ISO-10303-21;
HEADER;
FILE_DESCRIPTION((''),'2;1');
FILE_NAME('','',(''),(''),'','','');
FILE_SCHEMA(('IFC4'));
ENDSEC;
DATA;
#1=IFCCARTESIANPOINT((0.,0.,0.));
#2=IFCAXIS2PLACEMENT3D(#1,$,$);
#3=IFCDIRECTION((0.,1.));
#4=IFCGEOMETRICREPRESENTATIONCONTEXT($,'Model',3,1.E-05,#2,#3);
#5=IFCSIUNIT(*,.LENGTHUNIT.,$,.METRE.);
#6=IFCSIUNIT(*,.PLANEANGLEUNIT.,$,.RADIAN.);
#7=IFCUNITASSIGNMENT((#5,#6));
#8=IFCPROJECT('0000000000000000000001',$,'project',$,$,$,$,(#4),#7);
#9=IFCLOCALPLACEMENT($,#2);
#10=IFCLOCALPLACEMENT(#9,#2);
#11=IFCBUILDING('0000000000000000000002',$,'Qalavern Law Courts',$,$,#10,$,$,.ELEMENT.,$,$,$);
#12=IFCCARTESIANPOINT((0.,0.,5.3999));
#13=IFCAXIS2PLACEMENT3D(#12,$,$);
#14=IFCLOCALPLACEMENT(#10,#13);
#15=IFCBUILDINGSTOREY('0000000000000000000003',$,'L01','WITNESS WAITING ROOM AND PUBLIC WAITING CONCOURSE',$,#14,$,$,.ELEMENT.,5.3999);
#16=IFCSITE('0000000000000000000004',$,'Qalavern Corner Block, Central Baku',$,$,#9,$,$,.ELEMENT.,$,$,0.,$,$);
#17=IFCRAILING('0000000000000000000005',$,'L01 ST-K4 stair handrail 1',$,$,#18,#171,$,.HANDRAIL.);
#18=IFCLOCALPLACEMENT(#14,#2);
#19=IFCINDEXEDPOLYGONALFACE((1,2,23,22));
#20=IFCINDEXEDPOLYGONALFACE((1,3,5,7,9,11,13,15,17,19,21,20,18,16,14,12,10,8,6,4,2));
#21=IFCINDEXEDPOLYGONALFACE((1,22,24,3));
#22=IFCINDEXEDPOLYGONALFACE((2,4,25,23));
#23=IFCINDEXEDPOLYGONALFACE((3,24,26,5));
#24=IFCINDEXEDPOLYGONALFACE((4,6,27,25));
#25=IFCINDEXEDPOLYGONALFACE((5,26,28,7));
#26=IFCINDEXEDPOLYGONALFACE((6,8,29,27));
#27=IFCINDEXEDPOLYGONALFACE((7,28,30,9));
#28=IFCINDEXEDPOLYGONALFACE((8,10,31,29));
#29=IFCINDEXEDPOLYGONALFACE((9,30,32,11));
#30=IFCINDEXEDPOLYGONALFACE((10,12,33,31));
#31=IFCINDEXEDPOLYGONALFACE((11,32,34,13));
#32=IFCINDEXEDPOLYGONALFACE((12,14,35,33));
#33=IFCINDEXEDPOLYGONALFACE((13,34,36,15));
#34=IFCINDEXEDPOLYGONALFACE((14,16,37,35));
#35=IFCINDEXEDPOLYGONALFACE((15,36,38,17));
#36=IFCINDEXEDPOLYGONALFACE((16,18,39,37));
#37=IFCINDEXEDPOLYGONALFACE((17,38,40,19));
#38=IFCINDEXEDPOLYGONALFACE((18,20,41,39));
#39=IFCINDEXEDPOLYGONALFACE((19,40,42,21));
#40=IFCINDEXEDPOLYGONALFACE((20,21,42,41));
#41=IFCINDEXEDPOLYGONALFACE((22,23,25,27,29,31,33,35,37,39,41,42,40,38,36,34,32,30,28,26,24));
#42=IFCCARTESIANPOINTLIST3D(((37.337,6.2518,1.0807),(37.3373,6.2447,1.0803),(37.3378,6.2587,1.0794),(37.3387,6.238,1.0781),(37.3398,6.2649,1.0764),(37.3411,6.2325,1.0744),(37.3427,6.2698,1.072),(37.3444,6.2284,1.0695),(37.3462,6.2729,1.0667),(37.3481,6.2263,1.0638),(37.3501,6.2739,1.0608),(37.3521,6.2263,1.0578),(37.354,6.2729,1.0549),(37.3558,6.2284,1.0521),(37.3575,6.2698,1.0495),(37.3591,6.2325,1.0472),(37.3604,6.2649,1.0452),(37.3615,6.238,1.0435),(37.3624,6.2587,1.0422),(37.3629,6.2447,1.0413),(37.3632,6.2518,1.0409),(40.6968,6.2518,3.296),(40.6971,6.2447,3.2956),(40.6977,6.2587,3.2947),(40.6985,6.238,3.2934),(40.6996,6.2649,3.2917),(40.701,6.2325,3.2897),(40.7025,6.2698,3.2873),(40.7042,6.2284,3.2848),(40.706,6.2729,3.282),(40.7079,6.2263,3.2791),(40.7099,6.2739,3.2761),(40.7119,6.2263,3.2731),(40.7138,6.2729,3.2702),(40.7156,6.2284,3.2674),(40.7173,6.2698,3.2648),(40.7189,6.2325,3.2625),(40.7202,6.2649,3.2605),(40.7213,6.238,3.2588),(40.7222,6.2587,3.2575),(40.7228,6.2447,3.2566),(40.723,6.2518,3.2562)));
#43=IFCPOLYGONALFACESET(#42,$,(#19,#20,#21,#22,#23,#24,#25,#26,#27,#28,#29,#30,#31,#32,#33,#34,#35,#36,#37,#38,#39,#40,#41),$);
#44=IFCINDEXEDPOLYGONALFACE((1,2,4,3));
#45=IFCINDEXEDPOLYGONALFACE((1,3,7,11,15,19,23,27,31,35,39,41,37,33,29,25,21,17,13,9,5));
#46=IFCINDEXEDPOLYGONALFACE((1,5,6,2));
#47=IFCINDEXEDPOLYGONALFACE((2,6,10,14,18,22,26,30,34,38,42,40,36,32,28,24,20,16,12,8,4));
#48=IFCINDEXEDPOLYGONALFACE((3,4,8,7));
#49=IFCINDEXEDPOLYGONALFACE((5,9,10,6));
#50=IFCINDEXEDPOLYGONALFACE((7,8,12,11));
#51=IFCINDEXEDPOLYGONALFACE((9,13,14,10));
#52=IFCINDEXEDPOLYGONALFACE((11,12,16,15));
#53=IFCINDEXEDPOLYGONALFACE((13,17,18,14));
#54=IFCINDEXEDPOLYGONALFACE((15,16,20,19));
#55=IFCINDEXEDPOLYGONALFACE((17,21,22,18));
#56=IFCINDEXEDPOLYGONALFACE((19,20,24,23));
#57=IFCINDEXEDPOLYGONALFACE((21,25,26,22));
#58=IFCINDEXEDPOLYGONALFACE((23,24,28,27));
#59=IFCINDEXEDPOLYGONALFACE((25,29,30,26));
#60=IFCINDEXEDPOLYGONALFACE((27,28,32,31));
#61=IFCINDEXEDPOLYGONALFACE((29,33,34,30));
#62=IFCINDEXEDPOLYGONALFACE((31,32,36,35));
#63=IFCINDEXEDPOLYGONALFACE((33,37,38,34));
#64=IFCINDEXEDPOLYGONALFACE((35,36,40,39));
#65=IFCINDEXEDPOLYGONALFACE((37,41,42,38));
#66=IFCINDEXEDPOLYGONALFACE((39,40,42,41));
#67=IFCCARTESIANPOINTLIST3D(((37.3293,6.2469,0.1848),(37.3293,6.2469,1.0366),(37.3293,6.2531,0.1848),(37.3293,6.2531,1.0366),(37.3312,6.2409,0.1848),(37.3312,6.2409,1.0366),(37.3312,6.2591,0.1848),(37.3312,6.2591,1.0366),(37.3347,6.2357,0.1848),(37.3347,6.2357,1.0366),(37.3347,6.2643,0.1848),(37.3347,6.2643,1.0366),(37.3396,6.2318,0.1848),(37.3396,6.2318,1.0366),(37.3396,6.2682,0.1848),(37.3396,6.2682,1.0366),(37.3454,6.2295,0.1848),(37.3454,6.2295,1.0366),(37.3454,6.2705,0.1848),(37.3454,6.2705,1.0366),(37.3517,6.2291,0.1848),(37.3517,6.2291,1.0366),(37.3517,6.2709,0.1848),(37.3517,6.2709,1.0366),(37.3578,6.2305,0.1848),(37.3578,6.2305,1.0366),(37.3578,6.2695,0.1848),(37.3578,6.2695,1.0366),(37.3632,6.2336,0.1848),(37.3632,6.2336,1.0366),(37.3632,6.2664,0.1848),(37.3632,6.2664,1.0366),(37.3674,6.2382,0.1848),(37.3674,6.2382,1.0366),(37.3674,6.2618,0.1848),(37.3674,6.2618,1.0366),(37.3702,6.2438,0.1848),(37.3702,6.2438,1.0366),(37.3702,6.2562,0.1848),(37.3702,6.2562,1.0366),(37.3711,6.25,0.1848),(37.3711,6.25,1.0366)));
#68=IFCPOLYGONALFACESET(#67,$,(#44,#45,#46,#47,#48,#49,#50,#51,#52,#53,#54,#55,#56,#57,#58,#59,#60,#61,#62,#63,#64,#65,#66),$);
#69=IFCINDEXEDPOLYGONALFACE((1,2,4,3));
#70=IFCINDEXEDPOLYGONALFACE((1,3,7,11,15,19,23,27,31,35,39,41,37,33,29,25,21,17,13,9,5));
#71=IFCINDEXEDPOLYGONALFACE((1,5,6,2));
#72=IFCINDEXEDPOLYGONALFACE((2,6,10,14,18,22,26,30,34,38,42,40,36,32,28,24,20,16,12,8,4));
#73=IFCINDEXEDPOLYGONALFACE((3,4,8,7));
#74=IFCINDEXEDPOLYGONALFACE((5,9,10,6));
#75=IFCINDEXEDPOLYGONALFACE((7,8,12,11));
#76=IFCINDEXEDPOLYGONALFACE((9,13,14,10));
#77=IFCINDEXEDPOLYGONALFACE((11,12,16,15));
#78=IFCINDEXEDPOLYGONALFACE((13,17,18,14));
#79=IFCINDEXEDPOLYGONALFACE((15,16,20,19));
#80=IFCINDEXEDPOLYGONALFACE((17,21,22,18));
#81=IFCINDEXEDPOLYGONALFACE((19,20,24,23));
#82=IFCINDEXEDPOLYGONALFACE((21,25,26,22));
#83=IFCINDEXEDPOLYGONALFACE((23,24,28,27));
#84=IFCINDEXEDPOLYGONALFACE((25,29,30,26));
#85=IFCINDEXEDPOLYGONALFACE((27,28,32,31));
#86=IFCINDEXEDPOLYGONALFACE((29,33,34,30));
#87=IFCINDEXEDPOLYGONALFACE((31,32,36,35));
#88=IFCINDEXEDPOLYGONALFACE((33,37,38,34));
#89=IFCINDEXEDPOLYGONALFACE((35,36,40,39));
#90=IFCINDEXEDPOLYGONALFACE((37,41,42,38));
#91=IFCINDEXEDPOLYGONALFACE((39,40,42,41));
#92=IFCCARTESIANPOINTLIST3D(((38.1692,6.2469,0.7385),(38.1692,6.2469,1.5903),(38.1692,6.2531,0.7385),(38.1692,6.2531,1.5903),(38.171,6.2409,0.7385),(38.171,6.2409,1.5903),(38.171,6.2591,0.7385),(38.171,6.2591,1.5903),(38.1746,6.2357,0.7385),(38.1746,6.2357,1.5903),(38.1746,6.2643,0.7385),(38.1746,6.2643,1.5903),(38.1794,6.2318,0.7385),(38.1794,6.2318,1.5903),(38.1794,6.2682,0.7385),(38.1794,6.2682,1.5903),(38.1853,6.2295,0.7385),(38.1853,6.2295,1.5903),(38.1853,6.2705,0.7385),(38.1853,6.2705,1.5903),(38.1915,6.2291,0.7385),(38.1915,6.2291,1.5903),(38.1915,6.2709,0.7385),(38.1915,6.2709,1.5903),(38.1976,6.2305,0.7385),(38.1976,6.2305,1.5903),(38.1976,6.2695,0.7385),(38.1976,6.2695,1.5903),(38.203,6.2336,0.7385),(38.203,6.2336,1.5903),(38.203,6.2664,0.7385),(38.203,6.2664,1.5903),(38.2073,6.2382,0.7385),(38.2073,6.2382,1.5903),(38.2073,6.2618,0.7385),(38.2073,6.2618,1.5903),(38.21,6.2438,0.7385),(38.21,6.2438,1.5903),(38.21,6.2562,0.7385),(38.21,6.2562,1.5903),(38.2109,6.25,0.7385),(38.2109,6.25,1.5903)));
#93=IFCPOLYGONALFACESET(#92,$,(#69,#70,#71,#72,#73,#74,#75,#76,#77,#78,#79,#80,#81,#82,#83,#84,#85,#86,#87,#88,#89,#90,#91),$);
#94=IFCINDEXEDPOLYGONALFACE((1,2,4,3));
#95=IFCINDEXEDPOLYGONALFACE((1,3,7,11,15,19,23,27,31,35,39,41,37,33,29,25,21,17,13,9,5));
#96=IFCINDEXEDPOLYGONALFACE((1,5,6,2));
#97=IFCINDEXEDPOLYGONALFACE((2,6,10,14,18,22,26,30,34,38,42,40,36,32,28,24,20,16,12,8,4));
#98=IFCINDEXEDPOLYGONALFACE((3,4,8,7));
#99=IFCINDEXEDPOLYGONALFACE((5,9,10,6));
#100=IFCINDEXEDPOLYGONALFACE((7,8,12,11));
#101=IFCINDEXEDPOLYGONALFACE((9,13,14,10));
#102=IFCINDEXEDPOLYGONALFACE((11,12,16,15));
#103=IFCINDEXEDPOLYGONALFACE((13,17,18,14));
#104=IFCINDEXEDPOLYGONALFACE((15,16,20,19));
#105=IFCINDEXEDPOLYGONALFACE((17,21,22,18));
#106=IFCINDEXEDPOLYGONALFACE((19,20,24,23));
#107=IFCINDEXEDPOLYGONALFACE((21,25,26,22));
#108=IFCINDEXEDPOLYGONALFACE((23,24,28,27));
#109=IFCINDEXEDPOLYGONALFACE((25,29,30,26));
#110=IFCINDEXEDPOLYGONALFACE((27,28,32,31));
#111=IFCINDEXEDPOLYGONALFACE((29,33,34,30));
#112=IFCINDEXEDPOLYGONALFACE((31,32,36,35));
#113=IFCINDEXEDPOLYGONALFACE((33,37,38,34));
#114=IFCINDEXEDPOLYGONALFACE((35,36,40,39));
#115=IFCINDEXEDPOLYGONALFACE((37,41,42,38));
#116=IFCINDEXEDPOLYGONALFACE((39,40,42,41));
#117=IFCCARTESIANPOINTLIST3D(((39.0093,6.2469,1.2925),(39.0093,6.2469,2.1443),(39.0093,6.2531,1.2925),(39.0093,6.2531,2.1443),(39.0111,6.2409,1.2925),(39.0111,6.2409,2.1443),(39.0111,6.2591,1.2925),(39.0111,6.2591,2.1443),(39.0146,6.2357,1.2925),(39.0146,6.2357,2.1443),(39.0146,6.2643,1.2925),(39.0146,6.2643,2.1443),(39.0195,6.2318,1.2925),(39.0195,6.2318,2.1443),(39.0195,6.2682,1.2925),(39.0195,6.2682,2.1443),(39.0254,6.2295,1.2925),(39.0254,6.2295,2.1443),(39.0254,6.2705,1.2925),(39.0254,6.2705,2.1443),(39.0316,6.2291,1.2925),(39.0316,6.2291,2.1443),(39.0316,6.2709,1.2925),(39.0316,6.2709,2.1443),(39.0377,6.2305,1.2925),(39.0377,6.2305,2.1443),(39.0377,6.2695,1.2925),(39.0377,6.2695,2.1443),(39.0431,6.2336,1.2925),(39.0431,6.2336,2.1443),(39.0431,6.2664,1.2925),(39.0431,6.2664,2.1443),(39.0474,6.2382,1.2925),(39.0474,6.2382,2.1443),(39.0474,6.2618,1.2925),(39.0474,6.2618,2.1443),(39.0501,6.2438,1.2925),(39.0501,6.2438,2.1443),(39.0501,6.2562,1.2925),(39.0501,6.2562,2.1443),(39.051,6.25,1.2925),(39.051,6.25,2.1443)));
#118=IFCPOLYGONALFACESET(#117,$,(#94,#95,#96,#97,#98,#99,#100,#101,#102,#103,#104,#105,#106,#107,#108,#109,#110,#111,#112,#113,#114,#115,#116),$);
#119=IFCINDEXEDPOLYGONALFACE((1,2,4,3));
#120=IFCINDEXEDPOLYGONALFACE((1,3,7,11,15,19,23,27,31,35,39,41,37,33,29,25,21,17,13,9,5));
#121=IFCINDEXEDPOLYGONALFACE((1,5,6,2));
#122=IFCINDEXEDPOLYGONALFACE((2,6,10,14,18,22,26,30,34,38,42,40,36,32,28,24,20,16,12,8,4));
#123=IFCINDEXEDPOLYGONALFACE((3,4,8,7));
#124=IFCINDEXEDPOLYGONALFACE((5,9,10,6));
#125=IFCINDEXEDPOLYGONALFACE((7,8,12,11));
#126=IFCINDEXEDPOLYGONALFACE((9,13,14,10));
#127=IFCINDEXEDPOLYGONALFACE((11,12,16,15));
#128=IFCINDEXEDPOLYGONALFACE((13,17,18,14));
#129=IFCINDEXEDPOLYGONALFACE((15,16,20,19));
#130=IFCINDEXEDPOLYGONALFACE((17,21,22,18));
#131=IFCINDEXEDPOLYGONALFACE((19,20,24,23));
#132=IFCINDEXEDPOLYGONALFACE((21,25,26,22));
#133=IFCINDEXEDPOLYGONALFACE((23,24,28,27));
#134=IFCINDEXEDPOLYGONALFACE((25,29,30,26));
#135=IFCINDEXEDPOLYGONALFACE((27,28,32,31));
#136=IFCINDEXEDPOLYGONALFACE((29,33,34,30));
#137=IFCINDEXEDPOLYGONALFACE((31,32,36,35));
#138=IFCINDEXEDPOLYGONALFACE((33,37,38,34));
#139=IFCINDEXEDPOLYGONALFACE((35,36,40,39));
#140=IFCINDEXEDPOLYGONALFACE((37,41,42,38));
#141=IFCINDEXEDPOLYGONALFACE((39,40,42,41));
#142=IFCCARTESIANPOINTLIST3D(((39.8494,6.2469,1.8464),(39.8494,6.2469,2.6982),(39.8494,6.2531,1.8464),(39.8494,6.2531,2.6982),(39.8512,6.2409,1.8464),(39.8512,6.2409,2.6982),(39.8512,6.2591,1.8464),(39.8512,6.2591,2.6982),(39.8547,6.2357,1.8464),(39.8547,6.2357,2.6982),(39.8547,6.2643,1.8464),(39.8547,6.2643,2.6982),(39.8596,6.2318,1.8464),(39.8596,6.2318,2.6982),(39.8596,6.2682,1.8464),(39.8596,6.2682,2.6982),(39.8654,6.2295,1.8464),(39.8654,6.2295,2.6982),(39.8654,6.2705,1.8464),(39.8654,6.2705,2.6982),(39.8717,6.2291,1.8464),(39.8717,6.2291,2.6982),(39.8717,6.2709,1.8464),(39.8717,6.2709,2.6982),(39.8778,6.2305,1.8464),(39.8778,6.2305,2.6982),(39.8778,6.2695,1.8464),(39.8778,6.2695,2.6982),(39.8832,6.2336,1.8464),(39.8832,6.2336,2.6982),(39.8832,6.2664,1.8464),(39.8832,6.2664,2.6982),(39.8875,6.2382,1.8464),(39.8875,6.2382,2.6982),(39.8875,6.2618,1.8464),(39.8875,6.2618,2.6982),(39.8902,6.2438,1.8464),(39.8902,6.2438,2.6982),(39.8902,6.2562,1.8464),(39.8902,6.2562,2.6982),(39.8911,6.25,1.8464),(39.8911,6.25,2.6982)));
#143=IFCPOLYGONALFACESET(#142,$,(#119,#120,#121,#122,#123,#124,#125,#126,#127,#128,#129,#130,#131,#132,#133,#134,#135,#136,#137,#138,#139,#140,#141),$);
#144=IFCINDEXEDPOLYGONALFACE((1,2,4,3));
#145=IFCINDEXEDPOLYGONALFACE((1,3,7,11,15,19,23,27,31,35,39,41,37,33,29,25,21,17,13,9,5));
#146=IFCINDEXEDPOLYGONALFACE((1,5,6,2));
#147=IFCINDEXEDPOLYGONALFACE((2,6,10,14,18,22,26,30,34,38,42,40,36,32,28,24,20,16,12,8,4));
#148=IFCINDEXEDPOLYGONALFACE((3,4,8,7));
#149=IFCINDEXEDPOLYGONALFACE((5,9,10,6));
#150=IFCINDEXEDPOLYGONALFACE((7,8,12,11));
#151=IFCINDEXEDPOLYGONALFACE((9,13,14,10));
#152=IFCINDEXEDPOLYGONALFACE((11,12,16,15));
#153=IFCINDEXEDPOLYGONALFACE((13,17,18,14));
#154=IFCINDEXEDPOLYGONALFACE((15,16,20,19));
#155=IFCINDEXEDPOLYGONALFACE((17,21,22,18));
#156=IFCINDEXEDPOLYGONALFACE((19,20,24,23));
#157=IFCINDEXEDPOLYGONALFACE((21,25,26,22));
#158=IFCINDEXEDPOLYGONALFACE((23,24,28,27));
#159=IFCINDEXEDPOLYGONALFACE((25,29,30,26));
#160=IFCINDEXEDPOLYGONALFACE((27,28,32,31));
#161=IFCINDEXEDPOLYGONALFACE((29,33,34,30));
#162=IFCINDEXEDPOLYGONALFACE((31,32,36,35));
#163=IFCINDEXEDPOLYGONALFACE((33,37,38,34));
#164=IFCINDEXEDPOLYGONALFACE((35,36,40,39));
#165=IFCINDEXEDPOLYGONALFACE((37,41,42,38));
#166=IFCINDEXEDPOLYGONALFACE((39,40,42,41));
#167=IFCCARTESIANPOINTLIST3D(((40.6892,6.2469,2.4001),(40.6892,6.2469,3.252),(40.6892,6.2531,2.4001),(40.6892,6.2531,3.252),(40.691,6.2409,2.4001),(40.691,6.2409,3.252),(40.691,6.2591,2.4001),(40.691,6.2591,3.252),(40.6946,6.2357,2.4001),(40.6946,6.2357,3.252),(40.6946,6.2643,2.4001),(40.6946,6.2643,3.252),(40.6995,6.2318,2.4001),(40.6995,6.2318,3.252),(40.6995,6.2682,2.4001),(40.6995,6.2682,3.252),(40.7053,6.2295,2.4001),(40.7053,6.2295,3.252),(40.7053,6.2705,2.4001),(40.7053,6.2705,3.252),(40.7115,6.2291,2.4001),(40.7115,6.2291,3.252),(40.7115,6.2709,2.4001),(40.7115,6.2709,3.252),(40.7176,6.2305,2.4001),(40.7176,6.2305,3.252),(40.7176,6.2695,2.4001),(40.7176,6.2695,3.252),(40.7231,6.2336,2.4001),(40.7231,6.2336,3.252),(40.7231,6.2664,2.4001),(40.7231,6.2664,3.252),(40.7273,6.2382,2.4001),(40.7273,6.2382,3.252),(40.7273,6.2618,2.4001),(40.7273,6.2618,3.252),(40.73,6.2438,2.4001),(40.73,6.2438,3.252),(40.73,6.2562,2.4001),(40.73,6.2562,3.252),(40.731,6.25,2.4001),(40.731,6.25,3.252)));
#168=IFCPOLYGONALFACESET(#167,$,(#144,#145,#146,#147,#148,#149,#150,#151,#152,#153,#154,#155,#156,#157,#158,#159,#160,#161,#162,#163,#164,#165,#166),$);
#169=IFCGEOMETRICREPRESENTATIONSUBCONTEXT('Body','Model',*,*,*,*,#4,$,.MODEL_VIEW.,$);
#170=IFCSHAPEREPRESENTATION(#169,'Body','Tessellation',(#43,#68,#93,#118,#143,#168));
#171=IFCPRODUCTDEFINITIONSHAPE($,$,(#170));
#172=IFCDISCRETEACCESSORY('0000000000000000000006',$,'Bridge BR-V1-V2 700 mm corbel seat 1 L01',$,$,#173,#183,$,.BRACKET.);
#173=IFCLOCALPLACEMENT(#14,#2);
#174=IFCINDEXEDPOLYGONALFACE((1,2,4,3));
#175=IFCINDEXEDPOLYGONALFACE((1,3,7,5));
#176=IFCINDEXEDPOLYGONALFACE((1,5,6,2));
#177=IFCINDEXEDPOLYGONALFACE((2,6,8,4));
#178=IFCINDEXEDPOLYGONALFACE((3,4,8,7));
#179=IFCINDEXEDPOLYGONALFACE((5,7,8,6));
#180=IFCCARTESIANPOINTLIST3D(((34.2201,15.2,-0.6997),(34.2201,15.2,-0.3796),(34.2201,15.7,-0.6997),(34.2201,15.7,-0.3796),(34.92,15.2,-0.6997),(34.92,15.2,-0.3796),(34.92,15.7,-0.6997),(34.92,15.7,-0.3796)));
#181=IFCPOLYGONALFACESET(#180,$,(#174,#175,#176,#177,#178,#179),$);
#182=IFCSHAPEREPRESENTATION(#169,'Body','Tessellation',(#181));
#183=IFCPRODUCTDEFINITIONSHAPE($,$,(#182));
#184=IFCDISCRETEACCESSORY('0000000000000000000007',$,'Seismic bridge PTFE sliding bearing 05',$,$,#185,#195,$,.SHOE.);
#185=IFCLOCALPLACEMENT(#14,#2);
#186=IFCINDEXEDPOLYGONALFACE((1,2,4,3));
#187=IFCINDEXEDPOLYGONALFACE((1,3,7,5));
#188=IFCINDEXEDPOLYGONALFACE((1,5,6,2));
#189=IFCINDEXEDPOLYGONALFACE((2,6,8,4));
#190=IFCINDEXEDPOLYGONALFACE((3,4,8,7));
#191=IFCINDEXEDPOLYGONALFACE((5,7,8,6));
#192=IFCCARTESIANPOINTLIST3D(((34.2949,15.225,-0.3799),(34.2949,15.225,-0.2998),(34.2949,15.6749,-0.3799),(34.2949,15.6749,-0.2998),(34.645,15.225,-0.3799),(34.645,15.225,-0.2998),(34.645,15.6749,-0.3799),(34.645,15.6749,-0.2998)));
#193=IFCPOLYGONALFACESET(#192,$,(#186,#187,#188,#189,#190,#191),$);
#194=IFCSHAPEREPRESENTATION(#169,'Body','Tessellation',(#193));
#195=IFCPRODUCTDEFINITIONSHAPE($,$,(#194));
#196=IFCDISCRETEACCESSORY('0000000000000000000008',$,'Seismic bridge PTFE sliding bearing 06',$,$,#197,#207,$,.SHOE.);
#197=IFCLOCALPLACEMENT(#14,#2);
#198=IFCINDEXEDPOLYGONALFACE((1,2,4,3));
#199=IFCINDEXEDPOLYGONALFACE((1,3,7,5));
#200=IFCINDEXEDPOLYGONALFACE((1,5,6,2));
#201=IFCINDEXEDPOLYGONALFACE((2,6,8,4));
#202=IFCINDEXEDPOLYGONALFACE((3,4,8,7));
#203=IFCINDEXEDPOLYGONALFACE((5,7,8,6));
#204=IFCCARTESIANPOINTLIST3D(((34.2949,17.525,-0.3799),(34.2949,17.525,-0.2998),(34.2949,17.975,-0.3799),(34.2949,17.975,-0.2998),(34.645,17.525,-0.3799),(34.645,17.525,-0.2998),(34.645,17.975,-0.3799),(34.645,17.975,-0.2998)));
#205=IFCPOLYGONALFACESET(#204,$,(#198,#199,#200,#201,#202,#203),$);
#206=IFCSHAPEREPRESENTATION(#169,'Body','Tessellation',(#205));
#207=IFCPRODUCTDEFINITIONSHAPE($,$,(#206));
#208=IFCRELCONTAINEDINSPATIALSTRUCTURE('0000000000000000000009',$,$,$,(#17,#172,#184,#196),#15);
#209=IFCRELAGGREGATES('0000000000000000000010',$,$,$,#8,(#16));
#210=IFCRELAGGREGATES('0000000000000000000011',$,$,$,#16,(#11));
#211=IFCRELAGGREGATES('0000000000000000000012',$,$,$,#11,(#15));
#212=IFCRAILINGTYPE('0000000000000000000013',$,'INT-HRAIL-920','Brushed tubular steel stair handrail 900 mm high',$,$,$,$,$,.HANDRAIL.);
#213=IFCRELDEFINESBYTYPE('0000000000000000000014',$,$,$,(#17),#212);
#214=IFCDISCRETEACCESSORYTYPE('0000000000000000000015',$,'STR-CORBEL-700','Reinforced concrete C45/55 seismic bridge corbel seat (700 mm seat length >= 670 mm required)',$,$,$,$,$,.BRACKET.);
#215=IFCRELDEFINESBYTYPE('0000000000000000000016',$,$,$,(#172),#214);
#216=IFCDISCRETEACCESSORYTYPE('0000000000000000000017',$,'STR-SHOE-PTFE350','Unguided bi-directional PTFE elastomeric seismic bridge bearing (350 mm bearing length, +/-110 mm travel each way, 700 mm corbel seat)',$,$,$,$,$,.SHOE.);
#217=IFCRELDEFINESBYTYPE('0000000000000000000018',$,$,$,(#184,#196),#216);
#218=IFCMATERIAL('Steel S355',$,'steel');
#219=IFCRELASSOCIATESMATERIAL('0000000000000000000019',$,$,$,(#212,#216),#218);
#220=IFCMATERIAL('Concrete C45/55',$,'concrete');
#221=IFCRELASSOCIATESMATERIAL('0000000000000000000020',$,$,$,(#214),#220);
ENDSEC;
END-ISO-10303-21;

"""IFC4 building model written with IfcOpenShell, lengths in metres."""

from ifc_helpers import new_model, si_unit, direction, frame, origin, origin_2d, place, context, subcontext, project, spatial, rectangle, circle, extrude, material, type_object, element, save


model = new_model("IFC4")

# Units and contexts
model_context = context("Model", 3, precision=1e-05, world=origin(), true_north=direction((0.0, 1.0)))
body_context = subcontext(model_context, "Body", "Model", "MODEL_VIEW")
ifc_project = project(units=[si_unit("LENGTHUNIT", "METRE"), si_unit("PLANEANGLEUNIT", "RADIAN")], contexts=[model_context])

# Site, building, storey
site_placement = place(None, origin())
site = spatial("IfcSite", under=ifc_project, at=site_placement, Name="Qalavern Corner Block, Central Baku", CompositionType="ELEMENT", RefElevation=0.0)
building_placement = place(site_placement, origin())
building = spatial("IfcBuilding", under=site, at=building_placement, Name="Qalavern Law Courts", CompositionType="ELEMENT")
storey_placement = place(building_placement, frame((0.0, 0.0, 5.3999)))
storey = spatial("IfcBuildingStorey", under=building, at=storey_placement, Name="L01", Description="WITNESS WAITING ROOM AND PUBLIC WAITING CONCOURSE", CompositionType="ELEMENT", Elevation=5.3999)

# Shared definitions
ifc_material_1 = material(Name="Concrete C45/55", Category="concrete")

# Shared definitions
ifc_material_2 = material(Name="Steel S355", Category="steel")

# Railing
railing_type_1 = type_object("IfcRailingType", Name="INT-HRAIL-920", Description="Brushed tubular steel stair handrail 900 mm high", PredefinedType="HANDRAIL", material=ifc_material_2)
railing_1_placement = place(storey_placement, frame((37.3501, 6.25, 0.1848)))
element("IfcRailing", 1, at=railing_1_placement, inside=storey, type_object=railing_type_1, Name="L01 ST-K4 stair handrail 1", PredefinedType="HANDRAIL", context=body_context, shape_type="SweptSolid", body=[
    extrude(circle(Radius=0.0239, at=origin_2d()), frame((0.0, 0.0, 0.876), z_axis=(0.834858, 0.0, 0.550465), x_axis=(0.0, 1.0, 0.0)), (0.0, 0.0, 1.0), 4.0244),
    extrude(circle(Radius=0.021, at=origin_2d()), origin(), (0.0, 0.0, 1.0), 0.8518),
    extrude(circle(Radius=0.021, at=origin_2d()), frame((0.8398, 0.0, 0.5537)), (0.0, 0.0, 1.0), 0.8518),
    extrude(circle(Radius=0.021, at=origin_2d()), frame((1.6799, 0.0, 1.1077)), (0.0, 0.0, 1.0), 0.8518),
    extrude(circle(Radius=0.021, at=origin_2d()), frame((2.52, 0.0, 1.6616)), (0.0, 0.0, 1.0), 0.8518),
    extrude(circle(Radius=0.021, at=origin_2d()), frame((3.3599, 0.0, 2.2153)), (0.0, 0.0, 1.0), 0.8518),
])

# Discrete accessories
discrete_accessory_type_1 = type_object("IfcDiscreteAccessoryType", Name="STR-CORBEL-700", Description="Reinforced concrete C45/55 seismic bridge corbel seat (700 mm seat length >= 670 mm required)", PredefinedType="BRACKET", material=ifc_material_1)
discrete_accessory_placement = place(storey_placement, frame((34.5701, 15.45, -0.6997), z_axis=(0.0, 0.0, 1.0), x_axis=(1.0, 0.0, 0.0)))
element("IfcDiscreteAccessory", 2, at=discrete_accessory_placement, inside=storey, type_object=discrete_accessory_type_1, Name="Bridge BR-V1-V2 700 mm corbel seat 1 L01", PredefinedType="BRACKET", context=body_context, shape_type="SweptSolid", body=[
    extrude(rectangle(XDim=0.7, YDim=0.5, at=origin_2d()), origin(), (0.0, 0.0, 1.0), 0.3201),
])
discrete_accessory_type_2 = type_object("IfcDiscreteAccessoryType", Name="STR-SHOE-PTFE350", Description="Unguided bi-directional PTFE elastomeric seismic bridge bearing (350 mm bearing length, +/-110 mm travel each way, 700 mm corbel seat)", PredefinedType="SHOE", material=ifc_material_2)
for number, where, z_axis, x_axis, name in (
    (3, (34.47, 15.45, -0.3799), (0.0, 0.0, 1.0), (1.0, 0.0, 0.0), "Seismic bridge PTFE sliding bearing 05"),
    (4, (34.47, 17.75, -0.3799), (0.0, 0.0, 1.0), (1.0, 0.0, 0.0), "Seismic bridge PTFE sliding bearing 06"),
):
    element("IfcDiscreteAccessory", number, at=place(storey_placement, frame(where, z_axis=z_axis, x_axis=x_axis)), inside=storey, type_object=discrete_accessory_type_2, Name=name, PredefinedType="SHOE", context=body_context, shape_type="SweptSolid", body=[
        extrude(rectangle(XDim=0.3501, YDim=0.45, at=origin_2d()), origin(), (0.0, 0.0, 1.0), 0.0801),
    ])

save(model, "model.ifc")
